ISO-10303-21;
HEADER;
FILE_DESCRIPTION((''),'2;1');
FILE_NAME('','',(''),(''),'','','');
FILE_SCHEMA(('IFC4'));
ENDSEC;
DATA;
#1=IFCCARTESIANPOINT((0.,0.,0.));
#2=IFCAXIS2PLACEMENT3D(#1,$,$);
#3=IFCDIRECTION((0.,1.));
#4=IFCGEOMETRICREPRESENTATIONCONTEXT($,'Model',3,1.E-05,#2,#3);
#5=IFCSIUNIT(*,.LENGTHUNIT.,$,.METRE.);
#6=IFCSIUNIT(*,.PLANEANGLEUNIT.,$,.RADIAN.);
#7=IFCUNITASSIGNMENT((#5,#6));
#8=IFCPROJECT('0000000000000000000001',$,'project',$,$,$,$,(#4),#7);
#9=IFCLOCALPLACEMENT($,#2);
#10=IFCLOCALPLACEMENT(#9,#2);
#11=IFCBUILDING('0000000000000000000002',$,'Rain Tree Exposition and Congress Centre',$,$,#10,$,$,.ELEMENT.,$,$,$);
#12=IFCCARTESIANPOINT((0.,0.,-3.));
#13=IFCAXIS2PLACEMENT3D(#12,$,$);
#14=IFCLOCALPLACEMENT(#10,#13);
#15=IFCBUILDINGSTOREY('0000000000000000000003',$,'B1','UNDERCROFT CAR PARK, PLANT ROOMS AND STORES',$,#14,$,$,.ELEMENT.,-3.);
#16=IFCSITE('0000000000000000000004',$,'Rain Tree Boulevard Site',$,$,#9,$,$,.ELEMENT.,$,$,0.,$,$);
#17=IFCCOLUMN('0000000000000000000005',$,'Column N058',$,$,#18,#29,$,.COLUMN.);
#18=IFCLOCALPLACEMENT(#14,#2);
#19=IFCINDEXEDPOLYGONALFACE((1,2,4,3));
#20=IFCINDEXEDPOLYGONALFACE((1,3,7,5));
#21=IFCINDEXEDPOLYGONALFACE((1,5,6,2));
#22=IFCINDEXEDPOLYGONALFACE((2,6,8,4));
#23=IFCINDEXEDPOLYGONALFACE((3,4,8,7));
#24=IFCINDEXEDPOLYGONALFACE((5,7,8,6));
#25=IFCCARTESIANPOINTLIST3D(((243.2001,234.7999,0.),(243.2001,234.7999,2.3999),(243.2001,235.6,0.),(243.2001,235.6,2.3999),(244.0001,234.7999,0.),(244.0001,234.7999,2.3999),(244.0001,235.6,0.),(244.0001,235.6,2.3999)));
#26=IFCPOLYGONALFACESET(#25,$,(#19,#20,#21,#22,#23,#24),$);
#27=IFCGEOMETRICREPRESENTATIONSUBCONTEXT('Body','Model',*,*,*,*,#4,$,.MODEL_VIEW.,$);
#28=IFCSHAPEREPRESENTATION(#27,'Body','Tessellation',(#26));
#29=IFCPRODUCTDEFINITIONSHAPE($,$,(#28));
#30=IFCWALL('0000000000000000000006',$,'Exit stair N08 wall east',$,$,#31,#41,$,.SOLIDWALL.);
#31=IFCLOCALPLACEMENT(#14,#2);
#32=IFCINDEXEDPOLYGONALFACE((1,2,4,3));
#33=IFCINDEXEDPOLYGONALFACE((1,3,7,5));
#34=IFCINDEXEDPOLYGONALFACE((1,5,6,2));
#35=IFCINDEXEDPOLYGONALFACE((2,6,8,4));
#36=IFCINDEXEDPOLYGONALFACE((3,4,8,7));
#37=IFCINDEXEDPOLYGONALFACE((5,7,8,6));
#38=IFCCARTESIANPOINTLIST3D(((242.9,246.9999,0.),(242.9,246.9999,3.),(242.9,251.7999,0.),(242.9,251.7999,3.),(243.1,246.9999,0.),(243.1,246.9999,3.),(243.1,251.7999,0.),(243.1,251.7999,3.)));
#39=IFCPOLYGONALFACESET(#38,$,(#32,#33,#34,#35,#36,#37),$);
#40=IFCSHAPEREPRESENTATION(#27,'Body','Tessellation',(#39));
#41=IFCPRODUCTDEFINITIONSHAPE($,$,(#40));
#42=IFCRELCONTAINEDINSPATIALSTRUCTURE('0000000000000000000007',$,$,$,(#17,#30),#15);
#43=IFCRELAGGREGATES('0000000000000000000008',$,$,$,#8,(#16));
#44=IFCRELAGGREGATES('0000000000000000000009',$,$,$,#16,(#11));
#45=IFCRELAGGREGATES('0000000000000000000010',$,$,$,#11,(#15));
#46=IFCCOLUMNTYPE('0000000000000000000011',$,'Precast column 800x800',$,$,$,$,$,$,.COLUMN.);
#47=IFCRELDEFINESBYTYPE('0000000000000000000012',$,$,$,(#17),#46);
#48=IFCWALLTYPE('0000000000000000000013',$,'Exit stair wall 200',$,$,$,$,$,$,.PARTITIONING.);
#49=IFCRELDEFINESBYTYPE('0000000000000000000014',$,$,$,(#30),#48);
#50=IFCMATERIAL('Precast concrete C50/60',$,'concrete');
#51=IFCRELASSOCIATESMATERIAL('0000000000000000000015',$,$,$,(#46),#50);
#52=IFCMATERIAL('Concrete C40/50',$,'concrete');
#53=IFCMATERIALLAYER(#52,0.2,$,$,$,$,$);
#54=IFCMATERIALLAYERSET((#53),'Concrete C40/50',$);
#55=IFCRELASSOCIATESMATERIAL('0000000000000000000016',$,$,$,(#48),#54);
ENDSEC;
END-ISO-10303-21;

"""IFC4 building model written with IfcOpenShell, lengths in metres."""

from ifc_helpers import new_model, si_unit, direction, frame, frame_2d, origin, origin_2d, place, context, subcontext, project, spatial, rectangle, extrude, material, layer, layer_set, material_profile, profile_set, type_object, element, save


model = new_model("IFC4")

# Units and contexts
model_context = context("Model", 3, precision=1e-05, world=origin(), true_north=direction((0.0, 1.0)))
body_context = subcontext(model_context, "Body", "Model", "MODEL_VIEW")
ifc_project = project(units=[si_unit("LENGTHUNIT", "METRE"), si_unit("PLANEANGLEUNIT", "RADIAN")], contexts=[model_context])

# Site, building, storey
site_placement = place(None, origin())
site = spatial("IfcSite", under=ifc_project, at=site_placement, Name="Rain Tree Boulevard Site", CompositionType="ELEMENT", RefElevation=0.0)
building_placement = place(site_placement, origin())
building = spatial("IfcBuilding", under=site, at=building_placement, Name="Rain Tree Exposition and Congress Centre", CompositionType="ELEMENT")
storey_placement = place(building_placement, frame((0.0, 0.0, -3.0)))
storey = spatial("IfcBuildingStorey", under=building, at=storey_placement, Name="B1", Description="UNDERCROFT CAR PARK, PLANT ROOMS AND STORES", CompositionType="ELEMENT", Elevation=-3.0)

# Column
ifc_material_1 = material(Name="Precast concrete C50/60", Category="concrete")
ifc_material_profile_1 = material_profile(ifc_material_1, rectangle(XDim=0.8, YDim=0.8, at=origin_2d()), Name="RC 800x800")
ifc_profile_set_1 = profile_set([ifc_material_profile_1], Name="Precast concrete C50/60")
column_type = type_object("IfcColumnType", Name="Precast column 800x800", PredefinedType="COLUMN", material=ifc_profile_set_1)
for number, where, z_axis, x_axis, name in (
    (1, (243.6001, 235.2, 0.0), (0.0, 0.0, 1.0), (1.0, 0.0, 0.0), "Column N058"),
):
    element("IfcColumn", number, at=place(storey_placement, frame(where, z_axis=z_axis, x_axis=x_axis)), inside=storey, type_object=column_type, Name=name, PredefinedType="COLUMN", context=body_context, shape_type="SweptSolid", body=[
        extrude(rectangle(XDim=0.8, YDim=0.8, at=origin_2d()), origin(), (0.0, 0.0, 1.0), 2.3999),
    ])

# Wall
ifc_material_2 = material(Name="Concrete C40/50", Category="concrete")
ifc_layer = layer(ifc_material_2, 0.2)
ifc_layer_set = layer_set([ifc_layer], Name="Concrete C40/50")
wall_type = type_object("IfcWallType", Name="Exit stair wall 200", PredefinedType="PARTITIONING", material=ifc_layer_set)
wall_placement = place(storey_placement, frame((243.0, 247.0, 0.0), z_axis=(0.0, 0.0, 1.0), x_axis=(0.0, 1.0, 0.0)))
element("IfcWall", 2, at=wall_placement, inside=storey, type_object=wall_type, Name="Exit stair N08 wall east", PredefinedType="SOLIDWALL", context=body_context, shape_type="SweptSolid", body=[
    extrude(rectangle(XDim=4.8, YDim=0.2, at=frame_2d((2.3999, 0.0))), origin(), (0.0, 0.0, 1.0), 3.0),
])

save(model, "model.ifc")
